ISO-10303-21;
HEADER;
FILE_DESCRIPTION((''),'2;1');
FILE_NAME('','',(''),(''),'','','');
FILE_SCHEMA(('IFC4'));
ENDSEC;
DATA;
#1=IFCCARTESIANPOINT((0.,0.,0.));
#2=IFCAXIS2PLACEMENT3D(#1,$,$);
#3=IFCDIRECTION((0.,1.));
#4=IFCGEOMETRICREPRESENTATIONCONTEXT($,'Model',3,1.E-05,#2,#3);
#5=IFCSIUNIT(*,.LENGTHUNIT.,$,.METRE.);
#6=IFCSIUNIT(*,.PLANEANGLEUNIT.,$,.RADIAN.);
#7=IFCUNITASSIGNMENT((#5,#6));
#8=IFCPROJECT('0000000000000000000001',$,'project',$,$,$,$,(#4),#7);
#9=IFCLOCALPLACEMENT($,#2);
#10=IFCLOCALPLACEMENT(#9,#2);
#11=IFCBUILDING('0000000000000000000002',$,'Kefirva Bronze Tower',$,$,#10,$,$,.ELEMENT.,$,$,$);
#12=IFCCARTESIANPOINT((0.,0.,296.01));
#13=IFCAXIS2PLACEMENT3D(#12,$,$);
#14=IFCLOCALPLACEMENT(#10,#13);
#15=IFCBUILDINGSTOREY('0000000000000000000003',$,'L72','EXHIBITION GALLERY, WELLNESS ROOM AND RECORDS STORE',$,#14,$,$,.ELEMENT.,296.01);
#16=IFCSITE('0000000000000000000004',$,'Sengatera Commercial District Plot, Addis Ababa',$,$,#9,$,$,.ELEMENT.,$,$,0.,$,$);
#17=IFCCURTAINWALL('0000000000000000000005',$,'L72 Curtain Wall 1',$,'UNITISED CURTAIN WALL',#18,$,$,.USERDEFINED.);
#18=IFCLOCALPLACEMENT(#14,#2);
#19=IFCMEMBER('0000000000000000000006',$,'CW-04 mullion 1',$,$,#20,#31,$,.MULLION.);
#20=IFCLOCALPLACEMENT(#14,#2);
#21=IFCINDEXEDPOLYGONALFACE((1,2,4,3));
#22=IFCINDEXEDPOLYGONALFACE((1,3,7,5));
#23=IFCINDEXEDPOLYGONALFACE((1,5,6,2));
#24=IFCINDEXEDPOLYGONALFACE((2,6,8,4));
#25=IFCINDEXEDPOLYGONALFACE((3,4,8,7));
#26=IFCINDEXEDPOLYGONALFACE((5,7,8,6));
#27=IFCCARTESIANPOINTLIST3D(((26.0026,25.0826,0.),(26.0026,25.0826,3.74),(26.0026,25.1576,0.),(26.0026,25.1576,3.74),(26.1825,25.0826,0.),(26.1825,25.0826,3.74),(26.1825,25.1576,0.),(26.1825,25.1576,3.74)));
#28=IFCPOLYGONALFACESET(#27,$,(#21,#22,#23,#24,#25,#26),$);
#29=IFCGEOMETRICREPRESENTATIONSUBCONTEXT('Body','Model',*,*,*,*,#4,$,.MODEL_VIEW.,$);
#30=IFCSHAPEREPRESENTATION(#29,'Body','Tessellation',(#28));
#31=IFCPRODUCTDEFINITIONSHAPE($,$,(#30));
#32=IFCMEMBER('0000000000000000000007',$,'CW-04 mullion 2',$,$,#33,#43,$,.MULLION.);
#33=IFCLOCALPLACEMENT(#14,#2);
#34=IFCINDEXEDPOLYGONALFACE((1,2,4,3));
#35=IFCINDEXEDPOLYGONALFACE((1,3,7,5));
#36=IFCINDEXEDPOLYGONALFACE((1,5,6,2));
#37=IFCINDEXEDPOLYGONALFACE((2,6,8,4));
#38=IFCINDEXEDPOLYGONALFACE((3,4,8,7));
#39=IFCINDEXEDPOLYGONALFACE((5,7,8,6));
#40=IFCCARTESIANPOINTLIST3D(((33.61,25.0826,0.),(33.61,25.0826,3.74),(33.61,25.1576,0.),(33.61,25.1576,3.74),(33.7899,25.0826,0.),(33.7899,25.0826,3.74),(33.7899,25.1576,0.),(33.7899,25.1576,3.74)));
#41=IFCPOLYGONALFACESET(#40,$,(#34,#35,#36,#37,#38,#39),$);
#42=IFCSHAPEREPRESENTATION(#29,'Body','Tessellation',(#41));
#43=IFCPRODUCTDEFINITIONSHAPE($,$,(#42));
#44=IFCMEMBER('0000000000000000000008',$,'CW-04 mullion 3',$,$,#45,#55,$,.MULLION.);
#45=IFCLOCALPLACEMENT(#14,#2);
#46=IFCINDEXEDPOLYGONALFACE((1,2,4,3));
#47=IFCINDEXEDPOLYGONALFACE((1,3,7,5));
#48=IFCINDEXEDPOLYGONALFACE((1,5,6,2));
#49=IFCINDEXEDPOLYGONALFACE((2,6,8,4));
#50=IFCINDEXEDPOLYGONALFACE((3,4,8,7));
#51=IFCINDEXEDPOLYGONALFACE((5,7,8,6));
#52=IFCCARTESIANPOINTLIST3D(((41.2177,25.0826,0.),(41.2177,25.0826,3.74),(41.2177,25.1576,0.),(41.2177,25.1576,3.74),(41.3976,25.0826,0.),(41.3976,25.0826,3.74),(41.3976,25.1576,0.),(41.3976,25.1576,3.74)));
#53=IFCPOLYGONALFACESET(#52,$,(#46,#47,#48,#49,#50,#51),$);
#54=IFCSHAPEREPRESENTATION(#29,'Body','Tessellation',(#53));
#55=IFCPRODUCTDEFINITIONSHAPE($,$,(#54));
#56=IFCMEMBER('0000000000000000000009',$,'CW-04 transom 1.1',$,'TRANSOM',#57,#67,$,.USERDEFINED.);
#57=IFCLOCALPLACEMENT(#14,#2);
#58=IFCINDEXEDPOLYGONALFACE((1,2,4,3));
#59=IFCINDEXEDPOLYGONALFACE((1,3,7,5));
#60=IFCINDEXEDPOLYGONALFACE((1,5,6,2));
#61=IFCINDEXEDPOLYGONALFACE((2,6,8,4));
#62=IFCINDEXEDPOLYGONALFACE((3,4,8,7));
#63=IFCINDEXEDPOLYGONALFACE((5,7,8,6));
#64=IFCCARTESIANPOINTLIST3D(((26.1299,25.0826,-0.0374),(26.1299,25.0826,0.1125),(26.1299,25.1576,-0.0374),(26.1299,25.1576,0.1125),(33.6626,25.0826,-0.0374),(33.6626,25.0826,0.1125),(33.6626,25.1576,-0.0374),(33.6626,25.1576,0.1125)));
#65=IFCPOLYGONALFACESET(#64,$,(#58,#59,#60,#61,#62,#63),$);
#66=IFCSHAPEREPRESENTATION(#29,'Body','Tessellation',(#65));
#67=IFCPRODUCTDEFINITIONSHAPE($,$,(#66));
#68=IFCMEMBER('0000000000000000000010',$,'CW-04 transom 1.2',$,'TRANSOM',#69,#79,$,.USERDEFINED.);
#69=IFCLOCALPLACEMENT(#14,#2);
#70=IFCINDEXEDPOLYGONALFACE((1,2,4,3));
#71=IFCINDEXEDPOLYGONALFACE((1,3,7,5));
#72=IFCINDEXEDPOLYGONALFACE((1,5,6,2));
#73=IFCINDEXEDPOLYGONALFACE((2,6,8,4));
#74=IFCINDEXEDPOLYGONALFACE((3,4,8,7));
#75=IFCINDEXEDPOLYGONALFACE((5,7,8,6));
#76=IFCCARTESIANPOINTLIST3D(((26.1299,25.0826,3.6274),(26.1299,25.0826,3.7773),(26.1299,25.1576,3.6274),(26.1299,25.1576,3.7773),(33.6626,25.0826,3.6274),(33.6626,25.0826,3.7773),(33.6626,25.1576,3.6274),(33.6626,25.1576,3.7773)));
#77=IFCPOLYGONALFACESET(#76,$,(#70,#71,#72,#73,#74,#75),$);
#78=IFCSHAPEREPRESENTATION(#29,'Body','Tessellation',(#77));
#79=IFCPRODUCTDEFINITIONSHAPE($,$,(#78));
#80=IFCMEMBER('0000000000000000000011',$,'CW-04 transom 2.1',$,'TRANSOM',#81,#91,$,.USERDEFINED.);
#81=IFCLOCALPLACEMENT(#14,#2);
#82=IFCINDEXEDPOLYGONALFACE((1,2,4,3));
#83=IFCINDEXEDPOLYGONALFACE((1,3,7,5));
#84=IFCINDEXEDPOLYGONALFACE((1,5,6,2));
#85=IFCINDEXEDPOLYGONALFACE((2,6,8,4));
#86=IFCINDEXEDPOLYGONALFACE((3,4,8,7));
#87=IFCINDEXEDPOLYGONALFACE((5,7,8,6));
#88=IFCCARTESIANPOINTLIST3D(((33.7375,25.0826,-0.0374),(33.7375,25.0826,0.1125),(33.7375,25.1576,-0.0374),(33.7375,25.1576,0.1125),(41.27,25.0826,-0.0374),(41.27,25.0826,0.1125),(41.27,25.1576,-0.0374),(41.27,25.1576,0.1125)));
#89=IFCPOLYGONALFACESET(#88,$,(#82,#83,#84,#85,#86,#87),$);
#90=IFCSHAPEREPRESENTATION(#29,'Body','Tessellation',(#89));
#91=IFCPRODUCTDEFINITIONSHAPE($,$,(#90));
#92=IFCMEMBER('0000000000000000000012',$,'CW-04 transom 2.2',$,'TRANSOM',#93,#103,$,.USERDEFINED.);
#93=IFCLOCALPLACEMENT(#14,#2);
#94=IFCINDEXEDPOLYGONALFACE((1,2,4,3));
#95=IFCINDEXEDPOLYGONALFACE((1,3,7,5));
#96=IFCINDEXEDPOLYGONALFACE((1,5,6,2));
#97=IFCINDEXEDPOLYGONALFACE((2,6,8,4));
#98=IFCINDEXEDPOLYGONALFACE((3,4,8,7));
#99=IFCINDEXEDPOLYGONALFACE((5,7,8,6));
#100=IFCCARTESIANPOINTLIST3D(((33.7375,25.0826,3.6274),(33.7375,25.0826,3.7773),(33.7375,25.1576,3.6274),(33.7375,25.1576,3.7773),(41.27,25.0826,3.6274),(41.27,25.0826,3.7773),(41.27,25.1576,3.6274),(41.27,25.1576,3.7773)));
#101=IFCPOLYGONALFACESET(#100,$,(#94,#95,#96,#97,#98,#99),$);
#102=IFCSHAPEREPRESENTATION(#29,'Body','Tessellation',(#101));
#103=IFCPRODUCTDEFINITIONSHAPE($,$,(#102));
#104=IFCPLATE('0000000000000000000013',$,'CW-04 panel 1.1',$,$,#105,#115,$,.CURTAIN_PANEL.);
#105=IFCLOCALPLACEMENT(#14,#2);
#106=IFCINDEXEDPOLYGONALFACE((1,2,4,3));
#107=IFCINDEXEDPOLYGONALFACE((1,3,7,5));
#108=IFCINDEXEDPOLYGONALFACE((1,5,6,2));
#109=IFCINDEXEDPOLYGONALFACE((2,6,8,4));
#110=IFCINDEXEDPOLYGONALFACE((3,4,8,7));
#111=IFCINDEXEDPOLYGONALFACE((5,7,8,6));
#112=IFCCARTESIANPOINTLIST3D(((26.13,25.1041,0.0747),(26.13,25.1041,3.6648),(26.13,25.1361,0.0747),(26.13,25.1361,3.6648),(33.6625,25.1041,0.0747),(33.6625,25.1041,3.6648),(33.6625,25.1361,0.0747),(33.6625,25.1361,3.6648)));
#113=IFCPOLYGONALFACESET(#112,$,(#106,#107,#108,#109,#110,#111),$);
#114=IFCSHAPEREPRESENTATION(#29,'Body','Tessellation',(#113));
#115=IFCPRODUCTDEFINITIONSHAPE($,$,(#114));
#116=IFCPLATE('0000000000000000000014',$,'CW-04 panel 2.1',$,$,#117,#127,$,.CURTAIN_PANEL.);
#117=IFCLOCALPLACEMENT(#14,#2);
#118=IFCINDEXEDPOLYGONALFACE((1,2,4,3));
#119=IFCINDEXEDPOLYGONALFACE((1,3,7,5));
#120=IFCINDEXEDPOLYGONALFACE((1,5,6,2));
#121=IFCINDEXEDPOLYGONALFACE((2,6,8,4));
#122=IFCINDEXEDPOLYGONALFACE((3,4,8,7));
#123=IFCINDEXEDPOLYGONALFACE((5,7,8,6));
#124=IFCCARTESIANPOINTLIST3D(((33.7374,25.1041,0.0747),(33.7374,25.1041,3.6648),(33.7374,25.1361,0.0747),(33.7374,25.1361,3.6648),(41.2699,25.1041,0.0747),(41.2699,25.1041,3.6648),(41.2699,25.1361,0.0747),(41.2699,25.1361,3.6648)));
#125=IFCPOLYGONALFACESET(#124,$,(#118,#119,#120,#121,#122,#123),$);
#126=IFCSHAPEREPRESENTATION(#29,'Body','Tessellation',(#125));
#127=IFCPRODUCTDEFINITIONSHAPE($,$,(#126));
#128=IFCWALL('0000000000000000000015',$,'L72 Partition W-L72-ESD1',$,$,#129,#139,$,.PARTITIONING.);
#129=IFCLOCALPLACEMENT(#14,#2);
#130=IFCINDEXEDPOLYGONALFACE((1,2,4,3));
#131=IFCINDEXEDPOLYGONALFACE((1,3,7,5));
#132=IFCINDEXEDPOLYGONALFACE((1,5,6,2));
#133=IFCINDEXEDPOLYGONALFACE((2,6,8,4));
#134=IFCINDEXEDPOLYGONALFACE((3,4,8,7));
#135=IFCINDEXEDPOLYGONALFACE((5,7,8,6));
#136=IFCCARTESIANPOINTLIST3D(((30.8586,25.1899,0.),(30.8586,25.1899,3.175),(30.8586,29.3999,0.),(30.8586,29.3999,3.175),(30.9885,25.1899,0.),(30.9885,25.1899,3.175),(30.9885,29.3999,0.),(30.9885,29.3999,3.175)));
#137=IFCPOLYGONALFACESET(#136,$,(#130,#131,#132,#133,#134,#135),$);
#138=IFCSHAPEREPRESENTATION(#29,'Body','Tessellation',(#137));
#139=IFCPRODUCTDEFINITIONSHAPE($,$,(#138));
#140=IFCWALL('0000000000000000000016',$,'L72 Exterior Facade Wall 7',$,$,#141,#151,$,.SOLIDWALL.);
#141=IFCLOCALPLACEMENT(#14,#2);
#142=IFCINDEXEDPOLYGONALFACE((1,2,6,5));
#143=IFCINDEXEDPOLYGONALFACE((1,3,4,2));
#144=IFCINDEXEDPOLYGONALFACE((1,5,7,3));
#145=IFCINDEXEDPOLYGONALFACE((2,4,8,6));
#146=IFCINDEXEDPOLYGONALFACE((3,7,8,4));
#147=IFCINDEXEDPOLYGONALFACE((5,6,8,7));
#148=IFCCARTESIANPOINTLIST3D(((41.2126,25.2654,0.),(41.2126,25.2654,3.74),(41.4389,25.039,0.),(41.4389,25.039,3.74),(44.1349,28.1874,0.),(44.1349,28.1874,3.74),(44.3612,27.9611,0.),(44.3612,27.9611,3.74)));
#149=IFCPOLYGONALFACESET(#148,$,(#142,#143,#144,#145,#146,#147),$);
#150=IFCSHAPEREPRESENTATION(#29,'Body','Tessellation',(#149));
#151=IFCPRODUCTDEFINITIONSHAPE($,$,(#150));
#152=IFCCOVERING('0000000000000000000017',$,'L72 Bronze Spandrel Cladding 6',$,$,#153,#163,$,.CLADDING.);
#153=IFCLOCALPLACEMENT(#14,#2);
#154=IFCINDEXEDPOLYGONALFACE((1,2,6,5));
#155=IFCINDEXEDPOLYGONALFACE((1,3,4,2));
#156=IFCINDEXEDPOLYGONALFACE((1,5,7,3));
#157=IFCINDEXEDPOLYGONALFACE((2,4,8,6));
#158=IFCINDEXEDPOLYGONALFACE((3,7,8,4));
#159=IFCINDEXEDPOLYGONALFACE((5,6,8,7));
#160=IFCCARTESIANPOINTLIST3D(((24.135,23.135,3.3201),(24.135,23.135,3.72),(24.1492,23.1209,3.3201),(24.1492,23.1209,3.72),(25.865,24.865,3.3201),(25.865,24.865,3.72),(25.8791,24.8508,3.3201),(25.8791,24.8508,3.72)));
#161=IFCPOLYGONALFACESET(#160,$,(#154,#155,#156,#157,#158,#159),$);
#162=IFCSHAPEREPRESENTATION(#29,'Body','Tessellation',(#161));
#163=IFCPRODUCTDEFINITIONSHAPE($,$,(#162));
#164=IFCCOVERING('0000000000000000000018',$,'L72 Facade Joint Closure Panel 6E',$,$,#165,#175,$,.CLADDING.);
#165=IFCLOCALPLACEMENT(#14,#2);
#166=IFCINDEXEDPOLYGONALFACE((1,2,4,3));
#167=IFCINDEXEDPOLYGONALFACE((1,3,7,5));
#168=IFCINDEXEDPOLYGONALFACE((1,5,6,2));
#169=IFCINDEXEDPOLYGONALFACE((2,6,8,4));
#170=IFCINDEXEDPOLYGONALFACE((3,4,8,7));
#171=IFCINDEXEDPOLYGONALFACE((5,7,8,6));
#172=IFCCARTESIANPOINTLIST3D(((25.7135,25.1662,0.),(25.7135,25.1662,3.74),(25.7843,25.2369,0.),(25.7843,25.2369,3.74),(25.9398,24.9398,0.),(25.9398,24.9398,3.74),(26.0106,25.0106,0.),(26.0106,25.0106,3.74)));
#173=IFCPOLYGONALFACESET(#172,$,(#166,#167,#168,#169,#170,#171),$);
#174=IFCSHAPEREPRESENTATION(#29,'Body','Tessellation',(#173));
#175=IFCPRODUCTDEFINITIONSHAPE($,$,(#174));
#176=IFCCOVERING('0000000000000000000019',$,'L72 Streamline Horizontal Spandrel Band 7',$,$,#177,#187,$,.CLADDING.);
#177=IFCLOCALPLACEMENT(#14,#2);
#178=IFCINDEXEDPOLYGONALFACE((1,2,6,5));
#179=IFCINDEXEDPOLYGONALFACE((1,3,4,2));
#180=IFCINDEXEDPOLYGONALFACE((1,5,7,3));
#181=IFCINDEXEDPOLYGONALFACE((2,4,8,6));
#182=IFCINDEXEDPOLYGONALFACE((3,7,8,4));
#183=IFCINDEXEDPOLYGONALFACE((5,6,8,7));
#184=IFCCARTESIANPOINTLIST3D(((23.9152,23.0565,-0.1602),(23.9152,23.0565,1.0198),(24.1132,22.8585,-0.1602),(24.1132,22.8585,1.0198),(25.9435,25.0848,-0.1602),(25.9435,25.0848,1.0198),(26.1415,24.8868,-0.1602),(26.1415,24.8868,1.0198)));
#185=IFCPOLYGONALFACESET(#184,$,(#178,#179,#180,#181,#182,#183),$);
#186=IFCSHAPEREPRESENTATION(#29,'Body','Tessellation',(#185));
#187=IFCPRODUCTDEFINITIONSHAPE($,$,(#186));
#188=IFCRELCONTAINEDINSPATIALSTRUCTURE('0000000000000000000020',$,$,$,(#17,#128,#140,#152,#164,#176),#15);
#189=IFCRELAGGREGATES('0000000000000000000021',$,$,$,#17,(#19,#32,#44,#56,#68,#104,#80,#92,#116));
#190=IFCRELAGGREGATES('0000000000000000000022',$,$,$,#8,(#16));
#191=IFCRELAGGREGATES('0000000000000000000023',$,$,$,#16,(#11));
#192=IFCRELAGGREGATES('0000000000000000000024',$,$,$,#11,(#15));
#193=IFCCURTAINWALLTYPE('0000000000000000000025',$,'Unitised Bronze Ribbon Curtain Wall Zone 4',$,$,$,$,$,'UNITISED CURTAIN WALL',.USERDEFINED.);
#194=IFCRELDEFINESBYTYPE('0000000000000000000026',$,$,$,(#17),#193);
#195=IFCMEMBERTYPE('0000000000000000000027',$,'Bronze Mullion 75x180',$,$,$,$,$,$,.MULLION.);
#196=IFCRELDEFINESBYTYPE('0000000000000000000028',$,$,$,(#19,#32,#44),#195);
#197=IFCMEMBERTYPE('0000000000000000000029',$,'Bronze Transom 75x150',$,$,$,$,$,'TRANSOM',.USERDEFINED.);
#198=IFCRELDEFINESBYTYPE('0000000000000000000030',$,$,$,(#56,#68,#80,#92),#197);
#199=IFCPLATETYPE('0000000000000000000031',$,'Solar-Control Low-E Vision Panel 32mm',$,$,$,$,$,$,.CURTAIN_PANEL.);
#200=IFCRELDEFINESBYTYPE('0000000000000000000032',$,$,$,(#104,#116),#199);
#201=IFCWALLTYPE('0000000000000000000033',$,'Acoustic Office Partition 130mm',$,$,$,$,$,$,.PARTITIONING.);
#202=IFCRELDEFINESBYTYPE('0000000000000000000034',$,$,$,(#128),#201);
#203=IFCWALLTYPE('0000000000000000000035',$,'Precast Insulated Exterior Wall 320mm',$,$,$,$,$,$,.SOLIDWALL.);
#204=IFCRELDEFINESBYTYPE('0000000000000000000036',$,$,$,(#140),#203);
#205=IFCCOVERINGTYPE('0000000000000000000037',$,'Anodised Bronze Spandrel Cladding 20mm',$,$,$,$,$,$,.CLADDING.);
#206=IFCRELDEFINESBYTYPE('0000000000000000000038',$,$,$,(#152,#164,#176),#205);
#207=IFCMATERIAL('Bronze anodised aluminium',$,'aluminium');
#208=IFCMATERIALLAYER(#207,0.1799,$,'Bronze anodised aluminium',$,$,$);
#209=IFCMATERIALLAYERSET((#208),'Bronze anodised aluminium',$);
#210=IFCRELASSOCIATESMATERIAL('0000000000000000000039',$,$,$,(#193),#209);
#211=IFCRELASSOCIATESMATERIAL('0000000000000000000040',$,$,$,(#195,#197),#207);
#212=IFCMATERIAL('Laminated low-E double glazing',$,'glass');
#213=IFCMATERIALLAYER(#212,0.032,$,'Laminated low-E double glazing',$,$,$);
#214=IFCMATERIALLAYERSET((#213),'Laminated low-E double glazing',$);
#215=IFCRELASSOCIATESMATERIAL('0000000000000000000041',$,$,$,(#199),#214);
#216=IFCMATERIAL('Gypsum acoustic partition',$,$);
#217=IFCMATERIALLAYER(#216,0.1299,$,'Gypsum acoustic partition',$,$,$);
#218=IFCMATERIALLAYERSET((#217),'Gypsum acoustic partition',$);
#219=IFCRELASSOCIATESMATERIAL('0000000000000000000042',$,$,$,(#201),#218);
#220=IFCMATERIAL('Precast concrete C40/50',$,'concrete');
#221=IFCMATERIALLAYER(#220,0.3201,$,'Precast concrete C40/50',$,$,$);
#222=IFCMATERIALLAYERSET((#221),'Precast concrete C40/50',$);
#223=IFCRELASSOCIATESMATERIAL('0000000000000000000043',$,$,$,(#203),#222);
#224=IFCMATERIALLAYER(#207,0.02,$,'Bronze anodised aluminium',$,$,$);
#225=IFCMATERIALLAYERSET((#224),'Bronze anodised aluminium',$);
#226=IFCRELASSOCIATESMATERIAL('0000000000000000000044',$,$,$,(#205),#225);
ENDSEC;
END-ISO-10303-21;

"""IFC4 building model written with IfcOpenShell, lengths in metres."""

from ifc_helpers import new_model, si_unit, direction, frame, frame_2d, origin, origin_2d, place, context, subcontext, project, spatial, rectangle, extrude, material, layer, layer_set, material_profile, profile_set, type_object, element, aggregate, save


model = new_model("IFC4")

# Units and contexts
model_context = context("Model", 3, precision=1e-05, world=origin(), true_north=direction((0.0, 1.0)))
body_context = subcontext(model_context, "Body", "Model", "MODEL_VIEW")
ifc_project = project(units=[si_unit("LENGTHUNIT", "METRE"), si_unit("PLANEANGLEUNIT", "RADIAN")], contexts=[model_context])

# Site, building, storey
site_placement = place(None, origin())
site = spatial("IfcSite", under=ifc_project, at=site_placement, Name="Sengatera Commercial District Plot, Addis Ababa", CompositionType="ELEMENT", RefElevation=0.0)
building_placement = place(site_placement, origin())
building = spatial("IfcBuilding", under=site, at=building_placement, Name="Kefirva Bronze Tower", CompositionType="ELEMENT")
storey_placement = place(building_placement, frame((0.0, 0.0, 296.01)))
storey = spatial("IfcBuildingStorey", under=building, at=storey_placement, Name="L72", Description="EXHIBITION GALLERY, WELLNESS ROOM AND RECORDS STORE", CompositionType="ELEMENT", Elevation=296.01)

# Curtain wall, members, plates
ifc_material_1 = material(Name="Bronze anodised aluminium", Category="aluminium")
ifc_layer_1 = layer(ifc_material_1, 0.1799, Name="Bronze anodised aluminium")
ifc_layer_set_1 = layer_set([ifc_layer_1], Name="Bronze anodised aluminium")
curtain_wall_type = type_object("IfcCurtainWallType", Name="Unitised Bronze Ribbon Curtain Wall Zone 4", ElementType="UNITISED CURTAIN WALL", PredefinedType="USERDEFINED", material=ifc_layer_set_1)
curtain_wall_placement = place(storey_placement, origin())
curtain_wall = element("IfcCurtainWall", 1, at=curtain_wall_placement, inside=storey, type_object=curtain_wall_type, Name="L72 Curtain Wall 1", ObjectType="UNITISED CURTAIN WALL", PredefinedType="USERDEFINED")
ifc_material_profile_1 = material_profile(ifc_material_1, rectangle(XDim=0.075, YDim=0.1799, at=origin_2d()), Name="ALU 75x180")
ifc_profile_set_1 = profile_set([ifc_material_profile_1], Name="Bronze anodised aluminium")
member_type_1 = type_object("IfcMemberType", Name="Bronze Mullion 75x180", PredefinedType="MULLION", material=ifc_profile_set_1)
member_1_placement = place(storey_placement, frame((26.0925, 25.1201, 0.0), z_axis=(0.0, 0.0, 1.0), x_axis=(0.0, 1.0, 0.0)))
member_1 = element("IfcMember", 2, at=member_1_placement, type_object=member_type_1, Name="CW-04 mullion 1", PredefinedType="MULLION", context=body_context, shape_type="SweptSolid", body=[
    extrude(rectangle(XDim=0.075, YDim=0.1799, at=origin_2d()), origin(), (0.0, 0.0, 1.0), 3.74),
])
member_2_placement = place(storey_placement, frame((33.7, 25.1201, 0.0), z_axis=(0.0, 0.0, 1.0), x_axis=(0.0, 1.0, 0.0)))
member_2 = element("IfcMember", 3, at=member_2_placement, type_object=member_type_1, Name="CW-04 mullion 2", PredefinedType="MULLION", context=body_context, shape_type="SweptSolid", body=[
    extrude(rectangle(XDim=0.075, YDim=0.1799, at=origin_2d()), origin(), (0.0, 0.0, 1.0), 3.74),
])
member_3_placement = place(storey_placement, frame((41.3076, 25.1201, 0.0), z_axis=(0.0, 0.0, 1.0), x_axis=(0.0, 1.0, 0.0)))
member_3 = element("IfcMember", 4, at=member_3_placement, type_object=member_type_1, Name="CW-04 mullion 3", PredefinedType="MULLION", context=body_context, shape_type="SweptSolid", body=[
    extrude(rectangle(XDim=0.075, YDim=0.1799, at=origin_2d()), origin(), (0.0, 0.0, 1.0), 3.74),
])
ifc_material_profile_2 = material_profile(ifc_material_1, rectangle(XDim=0.075, YDim=0.1499, at=origin_2d()), Name="ALU 75x150")
ifc_profile_set_2 = profile_set([ifc_material_profile_2], Name="Bronze anodised aluminium")
member_type_2 = type_object("IfcMemberType", Name="Bronze Transom 75x150", ElementType="TRANSOM", PredefinedType="USERDEFINED", material=ifc_profile_set_2)
member_4_placement = place(storey_placement, frame((26.1299, 25.1201, 0.0376), z_axis=(1.0, 0.0, 0.0), x_axis=(0.0, 1.0, 0.0)))
member_4 = element("IfcMember", 5, at=member_4_placement, type_object=member_type_2, Name="CW-04 transom 1.1", ObjectType="TRANSOM", PredefinedType="USERDEFINED", context=body_context, shape_type="SweptSolid", body=[
    extrude(rectangle(XDim=0.075, YDim=0.1499, at=origin_2d()), origin(), (0.0, 0.0, 1.0), 7.5327),
])
member_5_placement = place(storey_placement, frame((26.1299, 25.1201, 3.7024), z_axis=(1.0, 0.0, 0.0), x_axis=(0.0, 1.0, 0.0)))
member_5 = element("IfcMember", 6, at=member_5_placement, type_object=member_type_2, Name="CW-04 transom 1.2", ObjectType="TRANSOM", PredefinedType="USERDEFINED", context=body_context, shape_type="SweptSolid", body=[
    extrude(rectangle(XDim=0.075, YDim=0.1499, at=origin_2d()), origin(), (0.0, 0.0, 1.0), 7.5327),
])
member_6_placement = place(storey_placement, frame((33.7375, 25.1201, 0.0376), z_axis=(1.0, 0.0, 0.0), x_axis=(0.0, 1.0, 0.0)))
member_6 = element("IfcMember", 7, at=member_6_placement, type_object=member_type_2, Name="CW-04 transom 2.1", ObjectType="TRANSOM", PredefinedType="USERDEFINED", context=body_context, shape_type="SweptSolid", body=[
    extrude(rectangle(XDim=0.075, YDim=0.1499, at=origin_2d()), origin(), (0.0, 0.0, 1.0), 7.5325),
])
member_7_placement = place(storey_placement, frame((33.7375, 25.1201, 3.7024), z_axis=(1.0, 0.0, 0.0), x_axis=(0.0, 1.0, 0.0)))
member_7 = element("IfcMember", 8, at=member_7_placement, type_object=member_type_2, Name="CW-04 transom 2.2", ObjectType="TRANSOM", PredefinedType="USERDEFINED", context=body_context, shape_type="SweptSolid", body=[
    extrude(rectangle(XDim=0.075, YDim=0.1499, at=origin_2d()), origin(), (0.0, 0.0, 1.0), 7.5325),
])
ifc_material_2 = material(Name="Laminated low-E double glazing", Category="glass")
ifc_layer_2 = layer(ifc_material_2, 0.032, Name="Laminated low-E double glazing")
ifc_layer_set_2 = layer_set([ifc_layer_2], Name="Laminated low-E double glazing")
plate_type = type_object("IfcPlateType", Name="Solar-Control Low-E Vision Panel 32mm", PredefinedType="CURTAIN_PANEL", material=ifc_layer_set_2)
plate_1_placement = place(storey_placement, frame((29.8962, 25.1201, 0.0747), z_axis=(0.0, 0.0, 1.0), x_axis=(1.0, 0.0, 0.0)))
plate_1 = element("IfcPlate", 9, at=plate_1_placement, type_object=plate_type, Name="CW-04 panel 1.1", PredefinedType="CURTAIN_PANEL", context=body_context, shape_type="SweptSolid", body=[
    extrude(rectangle(XDim=7.5325, YDim=0.032, at=origin_2d()), origin(), (0.0, 0.0, 1.0), 3.5901),
])
plate_2_placement = place(storey_placement, frame((37.5037, 25.1201, 0.0747), z_axis=(0.0, 0.0, 1.0), x_axis=(1.0, 0.0, 0.0)))
plate_2 = element("IfcPlate", 10, at=plate_2_placement, type_object=plate_type, Name="CW-04 panel 2.1", PredefinedType="CURTAIN_PANEL", context=body_context, shape_type="SweptSolid", body=[
    extrude(rectangle(XDim=7.5325, YDim=0.032, at=origin_2d()), origin(), (0.0, 0.0, 1.0), 3.5901),
])
aggregate(curtain_wall, [member_1, member_2, member_3, member_4, member_5, plate_1, member_6, member_7, plate_2])

# Walls
ifc_material_3 = material(Name="Gypsum acoustic partition")
ifc_layer_3 = layer(ifc_material_3, 0.1299, Name="Gypsum acoustic partition")
ifc_layer_set_3 = layer_set([ifc_layer_3], Name="Gypsum acoustic partition")
wall_type_1 = type_object("IfcWallType", Name="Acoustic Office Partition 130mm", PredefinedType="PARTITIONING", material=ifc_layer_set_3)
wall_1_placement = place(storey_placement, frame((30.9236, 25.1899, 0.0), z_axis=(0.0, 0.0, 1.0), x_axis=(0.0, 1.0, 0.0)))
element("IfcWall", 11, at=wall_1_placement, inside=storey, type_object=wall_type_1, Name="L72 Partition W-L72-ESD1", PredefinedType="PARTITIONING", context=body_context, shape_type="SweptSolid", body=[
    extrude(rectangle(XDim=4.21, YDim=0.1299, at=frame_2d((2.105, 0.0))), origin(), (0.0, 0.0, 1.0), 3.175),
])
ifc_material_4 = material(Name="Precast concrete C40/50", Category="concrete")
ifc_layer_4 = layer(ifc_material_4, 0.3201, Name="Precast concrete C40/50")
ifc_layer_set_4 = layer_set([ifc_layer_4], Name="Precast concrete C40/50")
wall_type_2 = type_object("IfcWallType", Name="Precast Insulated Exterior Wall 320mm", PredefinedType="SOLIDWALL", material=ifc_layer_set_4)
wall_2_placement = place(storey_placement, frame((41.3257, 25.1521, 0.0), z_axis=(0.0, 0.0, 1.0), x_axis=(0.707136, 0.707077, 0.0)))
element("IfcWall", 12, at=wall_2_placement, inside=storey, type_object=wall_type_2, Name="L72 Exterior Facade Wall 7", PredefinedType="SOLIDWALL", context=body_context, shape_type="SweptSolid", body=[
    extrude(rectangle(XDim=4.1326, YDim=0.3201, at=frame_2d((2.0664, 0.0))), origin(), (0.0, 0.0, 1.0), 3.74),
])

# Coverings
ifc_layer_5 = layer(ifc_material_1, 0.02, Name="Bronze anodised aluminium")
ifc_layer_set_5 = layer_set([ifc_layer_5], Name="Bronze anodised aluminium")
covering_type_1 = type_object("IfcCoveringType", Name="Anodised Bronze Spandrel Cladding 20mm", PredefinedType="CLADDING", material=ifc_layer_set_5)
covering_1_placement = place(storey_placement, frame((25.0071, 23.9929, 3.3201), z_axis=(0.0, 0.0, 1.0), x_axis=(0.707107, 0.707107, 0.0)))
element("IfcCovering", 13, at=covering_1_placement, inside=storey, type_object=covering_type_1, Name="L72 Bronze Spandrel Cladding 6", PredefinedType="CLADDING", context=body_context, shape_type="SweptSolid", body=[
    extrude(rectangle(XDim=2.4465, YDim=0.02, at=origin_2d()), origin(), (0.0, 0.0, 1.0), 0.3999),
])
covering_2_placement = place(storey_placement, frame((25.8621, 25.0884, 0.0), z_axis=(0.0, 0.0, 1.0), x_axis=(0.707107, 0.707107, 0.0)))
element("IfcCovering", 14, at=covering_2_placement, inside=storey, type_object=covering_type_1, Name="L72 Facade Joint Closure Panel 6E", PredefinedType="CLADDING", context=body_context, shape_type="SweptSolid", body=[
    extrude(rectangle(XDim=0.1001, YDim=0.3201, at=origin_2d()), origin(), (0.0, 0.0, 1.0), 3.74),
])
covering_3_placement = place(storey_placement, frame((25.0283, 23.9717, -0.1602), z_axis=(0.0, 0.0, 1.0), x_axis=(0.707107, 0.707107, 0.0)))
element("IfcCovering", 15, at=covering_3_placement, inside=storey, type_object=covering_type_1, Name="L72 Streamline Horizontal Spandrel Band 7", PredefinedType="CLADDING", context=body_context, shape_type="SweptSolid", body=[
    extrude(rectangle(XDim=2.8684, YDim=0.28, at=origin_2d()), origin(), (0.0, 0.0, 1.0), 1.1799),
])

save(model, "model.ifc")
